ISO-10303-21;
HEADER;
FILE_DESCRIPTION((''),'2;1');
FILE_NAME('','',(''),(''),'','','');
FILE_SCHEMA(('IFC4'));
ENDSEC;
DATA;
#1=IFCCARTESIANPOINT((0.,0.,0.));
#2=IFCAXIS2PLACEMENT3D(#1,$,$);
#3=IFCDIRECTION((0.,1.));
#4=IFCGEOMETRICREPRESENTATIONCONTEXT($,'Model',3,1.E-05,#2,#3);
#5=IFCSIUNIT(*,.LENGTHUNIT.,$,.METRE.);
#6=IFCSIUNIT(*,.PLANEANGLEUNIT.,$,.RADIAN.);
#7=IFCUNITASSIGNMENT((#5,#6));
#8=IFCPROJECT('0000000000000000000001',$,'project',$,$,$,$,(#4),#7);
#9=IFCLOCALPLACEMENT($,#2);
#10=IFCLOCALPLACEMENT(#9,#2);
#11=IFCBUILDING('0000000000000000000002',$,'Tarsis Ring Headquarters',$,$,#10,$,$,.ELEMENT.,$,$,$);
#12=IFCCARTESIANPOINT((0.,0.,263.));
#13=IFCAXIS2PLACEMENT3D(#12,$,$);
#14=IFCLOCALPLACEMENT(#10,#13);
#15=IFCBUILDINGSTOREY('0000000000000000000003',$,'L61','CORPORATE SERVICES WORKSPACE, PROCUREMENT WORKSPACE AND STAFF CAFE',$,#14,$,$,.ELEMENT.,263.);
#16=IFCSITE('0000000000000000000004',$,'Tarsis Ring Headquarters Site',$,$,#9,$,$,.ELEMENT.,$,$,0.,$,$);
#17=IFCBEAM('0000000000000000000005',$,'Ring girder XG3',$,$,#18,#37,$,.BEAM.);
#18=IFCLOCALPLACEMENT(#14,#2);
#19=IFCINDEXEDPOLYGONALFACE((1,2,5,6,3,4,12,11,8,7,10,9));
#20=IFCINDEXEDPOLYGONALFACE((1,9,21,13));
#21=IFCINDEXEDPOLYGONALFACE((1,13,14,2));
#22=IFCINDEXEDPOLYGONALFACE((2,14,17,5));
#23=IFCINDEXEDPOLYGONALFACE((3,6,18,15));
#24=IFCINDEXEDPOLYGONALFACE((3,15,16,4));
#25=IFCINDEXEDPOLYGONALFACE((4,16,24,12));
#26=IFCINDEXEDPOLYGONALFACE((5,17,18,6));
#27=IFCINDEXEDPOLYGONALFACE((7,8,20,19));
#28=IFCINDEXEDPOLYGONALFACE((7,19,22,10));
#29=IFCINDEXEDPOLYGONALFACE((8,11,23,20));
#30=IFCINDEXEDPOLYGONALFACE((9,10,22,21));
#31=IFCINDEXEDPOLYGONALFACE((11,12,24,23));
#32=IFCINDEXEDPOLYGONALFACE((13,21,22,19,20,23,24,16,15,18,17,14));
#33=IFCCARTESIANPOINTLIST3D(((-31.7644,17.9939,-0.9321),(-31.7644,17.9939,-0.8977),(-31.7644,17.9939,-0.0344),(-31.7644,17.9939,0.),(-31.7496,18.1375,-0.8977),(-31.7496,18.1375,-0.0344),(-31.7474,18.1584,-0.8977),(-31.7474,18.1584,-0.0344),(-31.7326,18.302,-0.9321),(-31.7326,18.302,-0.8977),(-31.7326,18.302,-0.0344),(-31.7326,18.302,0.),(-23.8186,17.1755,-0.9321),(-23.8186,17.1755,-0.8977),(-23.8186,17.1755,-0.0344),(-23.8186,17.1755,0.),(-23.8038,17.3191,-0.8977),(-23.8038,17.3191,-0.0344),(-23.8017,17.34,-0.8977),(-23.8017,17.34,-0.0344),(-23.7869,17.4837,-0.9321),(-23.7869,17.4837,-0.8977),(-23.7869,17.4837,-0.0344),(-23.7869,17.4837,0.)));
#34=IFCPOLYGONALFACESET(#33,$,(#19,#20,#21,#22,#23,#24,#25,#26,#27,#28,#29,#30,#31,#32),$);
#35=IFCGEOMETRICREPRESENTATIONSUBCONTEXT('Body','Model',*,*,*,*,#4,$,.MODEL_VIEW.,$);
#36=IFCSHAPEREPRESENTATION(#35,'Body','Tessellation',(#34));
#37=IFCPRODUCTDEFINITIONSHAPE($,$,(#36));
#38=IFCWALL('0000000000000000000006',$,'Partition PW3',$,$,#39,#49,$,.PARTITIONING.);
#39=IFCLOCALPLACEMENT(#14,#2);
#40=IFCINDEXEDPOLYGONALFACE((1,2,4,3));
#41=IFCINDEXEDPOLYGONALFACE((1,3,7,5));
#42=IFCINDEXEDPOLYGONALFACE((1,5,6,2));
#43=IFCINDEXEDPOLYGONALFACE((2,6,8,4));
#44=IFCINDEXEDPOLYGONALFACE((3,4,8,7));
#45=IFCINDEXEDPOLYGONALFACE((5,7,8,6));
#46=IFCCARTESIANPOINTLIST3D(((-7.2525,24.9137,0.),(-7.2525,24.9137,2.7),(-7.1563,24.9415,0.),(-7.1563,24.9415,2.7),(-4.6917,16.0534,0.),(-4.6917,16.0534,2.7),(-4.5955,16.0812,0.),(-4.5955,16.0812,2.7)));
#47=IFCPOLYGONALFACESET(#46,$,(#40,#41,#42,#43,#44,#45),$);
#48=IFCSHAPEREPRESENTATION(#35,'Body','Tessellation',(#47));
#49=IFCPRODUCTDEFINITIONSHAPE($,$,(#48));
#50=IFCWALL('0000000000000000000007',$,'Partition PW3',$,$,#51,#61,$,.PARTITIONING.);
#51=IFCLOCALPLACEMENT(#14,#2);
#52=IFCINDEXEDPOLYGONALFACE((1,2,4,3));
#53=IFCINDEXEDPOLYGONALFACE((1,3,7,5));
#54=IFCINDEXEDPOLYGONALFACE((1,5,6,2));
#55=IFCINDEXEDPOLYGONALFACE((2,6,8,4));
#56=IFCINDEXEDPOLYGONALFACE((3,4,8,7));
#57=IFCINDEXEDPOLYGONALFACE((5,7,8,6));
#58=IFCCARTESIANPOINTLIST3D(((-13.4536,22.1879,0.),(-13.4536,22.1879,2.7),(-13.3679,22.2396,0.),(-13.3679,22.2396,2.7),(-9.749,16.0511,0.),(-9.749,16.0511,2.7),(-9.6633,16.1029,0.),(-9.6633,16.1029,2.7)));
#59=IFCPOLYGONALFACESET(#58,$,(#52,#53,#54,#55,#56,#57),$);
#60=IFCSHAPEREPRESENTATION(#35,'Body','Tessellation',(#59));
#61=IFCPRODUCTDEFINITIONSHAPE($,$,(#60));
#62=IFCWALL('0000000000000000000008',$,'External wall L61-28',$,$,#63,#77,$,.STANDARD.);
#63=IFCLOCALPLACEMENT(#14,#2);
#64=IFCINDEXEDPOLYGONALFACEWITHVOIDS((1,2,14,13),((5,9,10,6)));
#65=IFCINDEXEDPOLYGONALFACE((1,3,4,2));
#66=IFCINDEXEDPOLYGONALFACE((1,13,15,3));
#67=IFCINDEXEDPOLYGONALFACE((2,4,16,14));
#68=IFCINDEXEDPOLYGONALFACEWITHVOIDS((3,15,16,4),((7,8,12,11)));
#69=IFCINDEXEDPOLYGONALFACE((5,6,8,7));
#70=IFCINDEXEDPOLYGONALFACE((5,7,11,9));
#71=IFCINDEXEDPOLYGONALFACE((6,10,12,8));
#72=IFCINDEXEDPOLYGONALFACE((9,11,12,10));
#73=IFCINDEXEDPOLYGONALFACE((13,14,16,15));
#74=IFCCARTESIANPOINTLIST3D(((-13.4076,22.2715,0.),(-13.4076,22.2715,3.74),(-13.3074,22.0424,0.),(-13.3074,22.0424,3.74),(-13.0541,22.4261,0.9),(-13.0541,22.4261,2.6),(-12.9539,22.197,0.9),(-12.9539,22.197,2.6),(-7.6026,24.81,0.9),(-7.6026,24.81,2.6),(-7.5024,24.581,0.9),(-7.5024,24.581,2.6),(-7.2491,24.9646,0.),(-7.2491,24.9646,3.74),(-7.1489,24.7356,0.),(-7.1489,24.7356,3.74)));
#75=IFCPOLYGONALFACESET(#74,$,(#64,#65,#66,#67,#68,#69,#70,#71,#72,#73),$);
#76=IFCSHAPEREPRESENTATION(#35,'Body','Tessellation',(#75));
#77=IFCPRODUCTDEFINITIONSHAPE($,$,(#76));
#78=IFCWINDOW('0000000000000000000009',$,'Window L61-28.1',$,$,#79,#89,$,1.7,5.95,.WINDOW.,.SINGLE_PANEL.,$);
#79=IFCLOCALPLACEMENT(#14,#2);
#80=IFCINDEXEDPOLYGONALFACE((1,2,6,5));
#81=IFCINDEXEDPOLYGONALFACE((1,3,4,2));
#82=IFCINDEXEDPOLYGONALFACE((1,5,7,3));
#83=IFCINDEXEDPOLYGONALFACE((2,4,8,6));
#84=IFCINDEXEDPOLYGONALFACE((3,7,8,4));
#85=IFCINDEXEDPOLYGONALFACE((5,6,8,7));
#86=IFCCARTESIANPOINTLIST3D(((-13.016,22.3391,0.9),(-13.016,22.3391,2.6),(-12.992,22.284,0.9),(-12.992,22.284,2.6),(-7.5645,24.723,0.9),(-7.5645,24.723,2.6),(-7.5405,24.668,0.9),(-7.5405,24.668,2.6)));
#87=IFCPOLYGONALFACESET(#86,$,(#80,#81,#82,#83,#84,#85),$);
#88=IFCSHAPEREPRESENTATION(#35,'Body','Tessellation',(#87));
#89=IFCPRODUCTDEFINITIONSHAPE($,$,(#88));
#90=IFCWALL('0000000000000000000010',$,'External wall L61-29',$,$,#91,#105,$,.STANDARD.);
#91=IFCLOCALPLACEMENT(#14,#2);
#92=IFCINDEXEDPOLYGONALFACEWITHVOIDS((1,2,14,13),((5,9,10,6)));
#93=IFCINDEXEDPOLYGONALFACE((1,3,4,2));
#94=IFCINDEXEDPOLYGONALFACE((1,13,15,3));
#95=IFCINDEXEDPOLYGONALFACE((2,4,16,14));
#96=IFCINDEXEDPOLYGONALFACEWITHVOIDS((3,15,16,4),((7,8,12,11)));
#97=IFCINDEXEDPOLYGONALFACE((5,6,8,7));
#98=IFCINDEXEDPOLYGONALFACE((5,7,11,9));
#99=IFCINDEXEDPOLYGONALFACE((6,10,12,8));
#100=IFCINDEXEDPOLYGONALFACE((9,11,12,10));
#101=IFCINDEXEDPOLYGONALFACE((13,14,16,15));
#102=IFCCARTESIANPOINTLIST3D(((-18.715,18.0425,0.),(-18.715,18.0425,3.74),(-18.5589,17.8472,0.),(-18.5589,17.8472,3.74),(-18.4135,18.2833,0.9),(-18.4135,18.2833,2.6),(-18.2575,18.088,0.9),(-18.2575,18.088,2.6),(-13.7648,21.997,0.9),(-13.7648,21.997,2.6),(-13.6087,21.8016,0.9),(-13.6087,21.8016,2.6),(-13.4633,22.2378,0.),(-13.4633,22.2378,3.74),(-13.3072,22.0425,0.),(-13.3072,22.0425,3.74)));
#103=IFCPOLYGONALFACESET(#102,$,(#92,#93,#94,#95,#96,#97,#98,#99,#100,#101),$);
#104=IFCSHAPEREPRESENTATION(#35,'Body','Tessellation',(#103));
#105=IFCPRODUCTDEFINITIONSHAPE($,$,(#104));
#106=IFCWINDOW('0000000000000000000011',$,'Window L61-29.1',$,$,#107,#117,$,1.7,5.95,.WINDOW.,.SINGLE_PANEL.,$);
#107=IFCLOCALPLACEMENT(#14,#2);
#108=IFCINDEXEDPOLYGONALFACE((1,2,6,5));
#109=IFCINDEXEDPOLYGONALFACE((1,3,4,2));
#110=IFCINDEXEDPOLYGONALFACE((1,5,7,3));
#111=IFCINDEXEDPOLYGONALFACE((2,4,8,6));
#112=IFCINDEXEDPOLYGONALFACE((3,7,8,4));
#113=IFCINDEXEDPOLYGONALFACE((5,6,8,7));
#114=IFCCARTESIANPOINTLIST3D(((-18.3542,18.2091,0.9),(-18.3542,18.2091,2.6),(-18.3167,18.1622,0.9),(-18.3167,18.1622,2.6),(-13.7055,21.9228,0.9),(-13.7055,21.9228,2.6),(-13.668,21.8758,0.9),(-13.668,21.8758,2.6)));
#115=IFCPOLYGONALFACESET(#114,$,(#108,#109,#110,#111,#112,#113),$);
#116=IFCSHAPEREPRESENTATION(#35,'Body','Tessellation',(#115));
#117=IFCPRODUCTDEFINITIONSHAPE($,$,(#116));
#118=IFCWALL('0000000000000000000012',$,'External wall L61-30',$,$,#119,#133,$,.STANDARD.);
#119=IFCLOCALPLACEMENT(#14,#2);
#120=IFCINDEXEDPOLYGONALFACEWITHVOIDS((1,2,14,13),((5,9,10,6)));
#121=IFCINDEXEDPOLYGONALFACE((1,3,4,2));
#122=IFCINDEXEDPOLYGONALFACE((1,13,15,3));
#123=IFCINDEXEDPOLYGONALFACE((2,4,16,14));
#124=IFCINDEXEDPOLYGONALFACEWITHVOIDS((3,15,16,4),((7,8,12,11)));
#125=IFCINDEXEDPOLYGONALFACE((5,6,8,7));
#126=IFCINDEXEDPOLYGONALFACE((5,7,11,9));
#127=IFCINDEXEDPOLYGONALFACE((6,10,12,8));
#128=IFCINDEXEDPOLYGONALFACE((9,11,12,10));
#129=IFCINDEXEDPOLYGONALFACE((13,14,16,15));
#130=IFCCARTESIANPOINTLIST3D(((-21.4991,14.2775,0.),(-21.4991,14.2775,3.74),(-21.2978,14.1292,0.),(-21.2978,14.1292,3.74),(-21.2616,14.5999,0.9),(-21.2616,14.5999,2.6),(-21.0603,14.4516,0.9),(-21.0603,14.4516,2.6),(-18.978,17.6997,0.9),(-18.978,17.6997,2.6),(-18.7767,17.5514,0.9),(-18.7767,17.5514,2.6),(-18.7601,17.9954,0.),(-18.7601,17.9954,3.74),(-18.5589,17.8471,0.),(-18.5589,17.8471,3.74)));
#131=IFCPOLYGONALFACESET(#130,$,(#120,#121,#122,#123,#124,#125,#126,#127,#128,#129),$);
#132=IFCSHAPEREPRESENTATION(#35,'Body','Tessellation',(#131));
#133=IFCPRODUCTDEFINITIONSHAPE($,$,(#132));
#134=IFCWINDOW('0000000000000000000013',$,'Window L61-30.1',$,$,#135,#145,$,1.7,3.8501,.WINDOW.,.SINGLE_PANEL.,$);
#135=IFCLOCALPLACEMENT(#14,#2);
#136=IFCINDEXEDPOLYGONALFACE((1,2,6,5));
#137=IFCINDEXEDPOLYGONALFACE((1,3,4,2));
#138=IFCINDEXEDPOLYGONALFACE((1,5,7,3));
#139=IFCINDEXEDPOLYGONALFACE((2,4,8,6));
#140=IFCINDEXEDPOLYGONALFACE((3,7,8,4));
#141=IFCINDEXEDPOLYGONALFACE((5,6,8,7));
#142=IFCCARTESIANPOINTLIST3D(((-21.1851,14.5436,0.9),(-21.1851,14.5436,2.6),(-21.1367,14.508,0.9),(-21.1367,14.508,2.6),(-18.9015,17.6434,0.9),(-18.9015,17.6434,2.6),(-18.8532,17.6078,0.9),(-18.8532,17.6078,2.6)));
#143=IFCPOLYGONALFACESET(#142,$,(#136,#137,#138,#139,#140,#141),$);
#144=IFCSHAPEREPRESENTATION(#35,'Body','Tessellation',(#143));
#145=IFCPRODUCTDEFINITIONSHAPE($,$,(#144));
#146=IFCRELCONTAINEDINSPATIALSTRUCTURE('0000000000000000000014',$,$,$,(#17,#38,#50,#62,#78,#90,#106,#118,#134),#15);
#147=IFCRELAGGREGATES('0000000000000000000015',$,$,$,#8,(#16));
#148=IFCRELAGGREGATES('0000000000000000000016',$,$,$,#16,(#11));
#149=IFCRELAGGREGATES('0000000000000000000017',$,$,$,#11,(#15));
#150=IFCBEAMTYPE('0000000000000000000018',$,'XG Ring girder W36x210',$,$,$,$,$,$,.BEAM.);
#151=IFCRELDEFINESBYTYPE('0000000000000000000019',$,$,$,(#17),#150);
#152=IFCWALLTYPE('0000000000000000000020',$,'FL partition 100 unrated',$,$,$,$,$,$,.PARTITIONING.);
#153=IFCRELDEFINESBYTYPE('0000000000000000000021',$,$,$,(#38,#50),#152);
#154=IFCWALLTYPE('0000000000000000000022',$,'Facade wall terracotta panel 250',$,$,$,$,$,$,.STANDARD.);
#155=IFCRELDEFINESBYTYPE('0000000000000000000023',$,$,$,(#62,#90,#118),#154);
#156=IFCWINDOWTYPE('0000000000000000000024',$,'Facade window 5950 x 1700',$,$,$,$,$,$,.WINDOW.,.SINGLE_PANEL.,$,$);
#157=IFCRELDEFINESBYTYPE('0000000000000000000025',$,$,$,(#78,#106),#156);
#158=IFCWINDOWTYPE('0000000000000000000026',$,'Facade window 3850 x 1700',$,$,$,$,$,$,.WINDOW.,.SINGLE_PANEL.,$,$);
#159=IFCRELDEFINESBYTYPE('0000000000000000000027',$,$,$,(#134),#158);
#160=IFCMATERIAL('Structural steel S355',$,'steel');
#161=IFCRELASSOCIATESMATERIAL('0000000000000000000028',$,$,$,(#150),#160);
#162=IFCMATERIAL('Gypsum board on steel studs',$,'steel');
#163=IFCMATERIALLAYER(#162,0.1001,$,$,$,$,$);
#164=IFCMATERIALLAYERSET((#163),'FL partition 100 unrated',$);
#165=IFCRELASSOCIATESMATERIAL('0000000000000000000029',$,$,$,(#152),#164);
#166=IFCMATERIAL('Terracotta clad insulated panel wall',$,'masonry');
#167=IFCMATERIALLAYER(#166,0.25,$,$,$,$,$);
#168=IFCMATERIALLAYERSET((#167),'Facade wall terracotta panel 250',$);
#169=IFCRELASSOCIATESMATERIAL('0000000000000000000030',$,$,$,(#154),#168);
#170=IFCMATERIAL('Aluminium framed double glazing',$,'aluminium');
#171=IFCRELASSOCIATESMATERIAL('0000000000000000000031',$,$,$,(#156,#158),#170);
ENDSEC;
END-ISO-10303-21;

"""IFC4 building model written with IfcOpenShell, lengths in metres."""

from ifc_helpers import new_model, si_unit, direction, frame, frame_2d, origin, origin_2d, place, context, subcontext, project, spatial, rectangle, i_section, extrude, material, layer, layer_set, material_profile, profile_set, type_object, element, fill, save


model = new_model("IFC4")

# Units and contexts
model_context = context("Model", 3, precision=1e-05, world=origin(), true_north=direction((0.0, 1.0)))
body_context = subcontext(model_context, "Body", "Model", "MODEL_VIEW")
ifc_project = project(units=[si_unit("LENGTHUNIT", "METRE"), si_unit("PLANEANGLEUNIT", "RADIAN")], contexts=[model_context])

# Site, building, storey
site_placement = place(None, origin())
site = spatial("IfcSite", under=ifc_project, at=site_placement, Name="Tarsis Ring Headquarters Site", CompositionType="ELEMENT", RefElevation=0.0)
building_placement = place(site_placement, origin())
building = spatial("IfcBuilding", under=site, at=building_placement, Name="Tarsis Ring Headquarters", CompositionType="ELEMENT")
storey_placement = place(building_placement, frame((0.0, 0.0, 263.0)))
storey = spatial("IfcBuildingStorey", under=building, at=storey_placement, Name="L61", Description="CORPORATE SERVICES WORKSPACE, PROCUREMENT WORKSPACE AND STAFF CAFE", CompositionType="ELEMENT", Elevation=263.0)

# Shared definitions
ifc_material_1 = material(Name="Structural steel S355", Category="steel")

# Beam
ifc_material_profile_1 = material_profile(ifc_material_1, i_section(OverallWidth=0.3098, OverallDepth=0.9321, WebThickness=0.021, FlangeThickness=0.0344, at=origin_2d()), Name="W36x210")
ifc_profile_set_1 = profile_set([ifc_material_profile_1], Name="Structural steel S355")
beam_type_1 = type_object("IfcBeamType", Name="XG Ring girder W36x210", PredefinedType="BEAM", material=ifc_profile_set_1)
beam_1_placement = place(storey_placement, frame((-23.8027, 17.3296, -0.4661), z_axis=(-0.994738, 0.102451, 0.0), x_axis=(-0.102451, -0.994738, 0.0)))
element("IfcBeam", 1, at=beam_1_placement, inside=storey, type_object=beam_type_1, Name="Ring girder XG3", PredefinedType="BEAM", context=body_context, shape_type="SweptSolid", body=[
    extrude(i_section(OverallWidth=0.3098, OverallDepth=0.9321, WebThickness=0.021, FlangeThickness=0.0344, at=origin_2d()), origin(), (0.0, 0.0, 1.0), 7.9878),
])

# Walls
ifc_material_2 = material(Name="Gypsum board on steel studs", Category="steel")
ifc_layer_1 = layer(ifc_material_2, 0.1001)
ifc_layer_set_1 = layer_set([ifc_layer_1], Name="FL partition 100 unrated")
wall_type_1 = type_object("IfcWallType", Name="FL partition 100 unrated", PredefinedType="PARTITIONING", material=ifc_layer_set_1)
wall_1_placement = place(storey_placement, frame((-7.2043, 24.9275, 0.0), z_axis=(0.0, 0.0, 1.0), x_axis=(0.277653, -0.960681, 0.0)))
element("IfcWall", 2, at=wall_1_placement, inside=storey, type_object=wall_type_1, Name="Partition PW3", PredefinedType="PARTITIONING", context=body_context, shape_type="SweptSolid", body=[
    extrude(rectangle(XDim=9.2229, YDim=0.1001, at=frame_2d((4.6113, 0.0))), origin(), (0.0, 0.0, 1.0), 2.7),
])
wall_2_placement = place(storey_placement, frame((-13.4106, 22.2136, 0.0), z_axis=(0.0, 0.0, 1.0), x_axis=(0.516808, -0.856101, 0.0)))
element("IfcWall", 3, at=wall_2_placement, inside=storey, type_object=wall_type_1, Name="Partition PW3", PredefinedType="PARTITIONING", context=body_context, shape_type="SweptSolid", body=[
    extrude(rectangle(XDim=7.1682, YDim=0.1001, at=frame_2d((3.584, 0.0))), origin(), (0.0, 0.0, 1.0), 2.7),
])

# Walls, openings, windows
ifc_material_3 = material(Name="Terracotta clad insulated panel wall", Category="masonry")
ifc_layer_2 = layer(ifc_material_3, 0.25)
ifc_layer_set_2 = layer_set([ifc_layer_2], Name="Facade wall terracotta panel 250")
wall_type_2 = type_object("IfcWallType", Name="Facade wall terracotta panel 250", PredefinedType="STANDARD", material=ifc_layer_set_2)
wall_3_placement = place(storey_placement, frame((-7.199, 24.8501, 0.0), z_axis=(0.0, 0.0, 1.0), x_axis=(-0.916223, -0.400668, 0.0)))
wall_3 = element("IfcWall", 4, at=wall_3_placement, inside=storey, type_object=wall_type_2, Name="External wall L61-28", PredefinedType="STANDARD", context=body_context, shape_type="SweptSolid", body=[
    extrude(rectangle(XDim=6.7217, YDim=0.25, at=frame_2d((3.3608, 0.0))), origin(), (0.0, 0.0, 1.0), 3.74),
])
opening_1_placement = place(wall_3_placement, frame((0.3857, 0.0, 0.8999)))
opening_1 = element("IfcOpeningElement", 5, at=opening_1_placement, cuts=wall_3, PredefinedType="OPENING", context=body_context, shape_type="SweptSolid", body=[
    extrude(rectangle(XDim=5.95, YDim=1.7, at=frame_2d((2.9751, 0.8501))), frame((0.0, 0.135, 0.0), z_axis=(0.0, -1.0, 0.0), x_axis=(1.0, 0.0, 0.0)), (0.0, 0.0, 1.0), 0.27),
])
ifc_material_4 = material(Name="Aluminium framed double glazing", Category="aluminium")
window_type_1 = type_object("IfcWindowType", Name="Facade window 5950 x 1700", PartitioningType="SINGLE_PANEL", PredefinedType="WINDOW", material=ifc_material_4)
window_1_placement = place(opening_1_placement, origin())
window_1 = element("IfcWindow", 6, at=window_1_placement, inside=storey, type_object=window_type_1, Name="Window L61-28.1", OverallHeight=1.7, OverallWidth=5.95, PartitioningType="SINGLE_PANEL", PredefinedType="WINDOW", context=body_context, shape_type="SweptSolid", body=[
    extrude(rectangle(XDim=5.95, YDim=1.7, at=frame_2d((2.9751, 0.8501))), frame((0.0, 0.03, 0.0), z_axis=(0.0, -1.0, 0.0), x_axis=(1.0, 0.0, 0.0)), (0.0, 0.0, 1.0), 0.0601),
])
fill(opening_1, window_1)
wall_4_placement = place(storey_placement, frame((-13.3853, 22.1401, 0.0), z_axis=(0.0, 0.0, 1.0), x_axis=(-0.781308, -0.624146, 0.0)))
wall_4 = element("IfcWall", 7, at=wall_4_placement, inside=storey, type_object=wall_type_2, Name="External wall L61-29", PredefinedType="STANDARD", context=body_context, shape_type="SweptSolid", body=[
    extrude(rectangle(XDim=6.7217, YDim=0.25, at=frame_2d((3.3608, 0.0))), origin(), (0.0, 0.0, 1.0), 3.74),
])
opening_2_placement = place(wall_4_placement, frame((0.3857, 0.0, 0.8999)))
opening_2 = element("IfcOpeningElement", 8, at=opening_2_placement, cuts=wall_4, PredefinedType="OPENING", context=body_context, shape_type="SweptSolid", body=[
    extrude(rectangle(XDim=5.95, YDim=1.7, at=frame_2d((2.9751, 0.8501))), frame((0.0, 0.135, 0.0), z_axis=(0.0, -1.0, 0.0), x_axis=(1.0, 0.0, 0.0)), (0.0, 0.0, 1.0), 0.27),
])
window_2_placement = place(opening_2_placement, origin())
window_2 = element("IfcWindow", 9, at=window_2_placement, inside=storey, type_object=window_type_1, Name="Window L61-29.1", OverallHeight=1.7, OverallWidth=5.95, PartitioningType="SINGLE_PANEL", PredefinedType="WINDOW", context=body_context, shape_type="SweptSolid", body=[
    extrude(rectangle(XDim=5.95, YDim=1.7, at=frame_2d((2.9751, 0.8501))), frame((0.0, 0.03, 0.0), z_axis=(0.0, -1.0, 0.0), x_axis=(1.0, 0.0, 0.0)), (0.0, 0.0, 1.0), 0.0601),
])
fill(opening_2, window_2)
wall_5_placement = place(storey_placement, frame((-18.6594, 17.9214, 0.0), z_axis=(0.0, 0.0, 1.0), x_axis=(-0.593118, -0.805116, 0.0)))
wall_5 = element("IfcWall", 10, at=wall_5_placement, inside=storey, type_object=wall_type_2, Name="External wall L61-30", PredefinedType="STANDARD", context=body_context, shape_type="SweptSolid", body=[
    extrude(rectangle(XDim=4.6179, YDim=0.25, at=frame_2d((2.3091, 0.0))), origin(), (0.0, 0.0, 1.0), 3.74),
])
opening_3_placement = place(wall_5_placement, frame((0.3674, 0.0, 0.8999)))
opening_3 = element("IfcOpeningElement", 11, at=opening_3_placement, cuts=wall_5, PredefinedType="OPENING", context=body_context, shape_type="SweptSolid", body=[
    extrude(rectangle(XDim=3.8501, YDim=1.7, at=frame_2d((1.925, 0.8501))), frame((0.0, 0.135, 0.0), z_axis=(0.0, -1.0, 0.0), x_axis=(1.0, 0.0, 0.0)), (0.0, 0.0, 1.0), 0.27),
])
window_type_2 = type_object("IfcWindowType", Name="Facade window 3850 x 1700", PartitioningType="SINGLE_PANEL", PredefinedType="WINDOW", material=ifc_material_4)
window_3_placement = place(opening_3_placement, origin())
window_3 = element("IfcWindow", 12, at=window_3_placement, inside=storey, type_object=window_type_2, Name="Window L61-30.1", OverallHeight=1.7, OverallWidth=3.8501, PartitioningType="SINGLE_PANEL", PredefinedType="WINDOW", context=body_context, shape_type="SweptSolid", body=[
    extrude(rectangle(XDim=3.8501, YDim=1.7, at=frame_2d((1.925, 0.8501))), frame((0.0, 0.03, 0.0), z_axis=(0.0, -1.0, 0.0), x_axis=(1.0, 0.0, 0.0)), (0.0, 0.0, 1.0), 0.0601),
])
fill(opening_3, window_3)

save(model, "model.ifc")
